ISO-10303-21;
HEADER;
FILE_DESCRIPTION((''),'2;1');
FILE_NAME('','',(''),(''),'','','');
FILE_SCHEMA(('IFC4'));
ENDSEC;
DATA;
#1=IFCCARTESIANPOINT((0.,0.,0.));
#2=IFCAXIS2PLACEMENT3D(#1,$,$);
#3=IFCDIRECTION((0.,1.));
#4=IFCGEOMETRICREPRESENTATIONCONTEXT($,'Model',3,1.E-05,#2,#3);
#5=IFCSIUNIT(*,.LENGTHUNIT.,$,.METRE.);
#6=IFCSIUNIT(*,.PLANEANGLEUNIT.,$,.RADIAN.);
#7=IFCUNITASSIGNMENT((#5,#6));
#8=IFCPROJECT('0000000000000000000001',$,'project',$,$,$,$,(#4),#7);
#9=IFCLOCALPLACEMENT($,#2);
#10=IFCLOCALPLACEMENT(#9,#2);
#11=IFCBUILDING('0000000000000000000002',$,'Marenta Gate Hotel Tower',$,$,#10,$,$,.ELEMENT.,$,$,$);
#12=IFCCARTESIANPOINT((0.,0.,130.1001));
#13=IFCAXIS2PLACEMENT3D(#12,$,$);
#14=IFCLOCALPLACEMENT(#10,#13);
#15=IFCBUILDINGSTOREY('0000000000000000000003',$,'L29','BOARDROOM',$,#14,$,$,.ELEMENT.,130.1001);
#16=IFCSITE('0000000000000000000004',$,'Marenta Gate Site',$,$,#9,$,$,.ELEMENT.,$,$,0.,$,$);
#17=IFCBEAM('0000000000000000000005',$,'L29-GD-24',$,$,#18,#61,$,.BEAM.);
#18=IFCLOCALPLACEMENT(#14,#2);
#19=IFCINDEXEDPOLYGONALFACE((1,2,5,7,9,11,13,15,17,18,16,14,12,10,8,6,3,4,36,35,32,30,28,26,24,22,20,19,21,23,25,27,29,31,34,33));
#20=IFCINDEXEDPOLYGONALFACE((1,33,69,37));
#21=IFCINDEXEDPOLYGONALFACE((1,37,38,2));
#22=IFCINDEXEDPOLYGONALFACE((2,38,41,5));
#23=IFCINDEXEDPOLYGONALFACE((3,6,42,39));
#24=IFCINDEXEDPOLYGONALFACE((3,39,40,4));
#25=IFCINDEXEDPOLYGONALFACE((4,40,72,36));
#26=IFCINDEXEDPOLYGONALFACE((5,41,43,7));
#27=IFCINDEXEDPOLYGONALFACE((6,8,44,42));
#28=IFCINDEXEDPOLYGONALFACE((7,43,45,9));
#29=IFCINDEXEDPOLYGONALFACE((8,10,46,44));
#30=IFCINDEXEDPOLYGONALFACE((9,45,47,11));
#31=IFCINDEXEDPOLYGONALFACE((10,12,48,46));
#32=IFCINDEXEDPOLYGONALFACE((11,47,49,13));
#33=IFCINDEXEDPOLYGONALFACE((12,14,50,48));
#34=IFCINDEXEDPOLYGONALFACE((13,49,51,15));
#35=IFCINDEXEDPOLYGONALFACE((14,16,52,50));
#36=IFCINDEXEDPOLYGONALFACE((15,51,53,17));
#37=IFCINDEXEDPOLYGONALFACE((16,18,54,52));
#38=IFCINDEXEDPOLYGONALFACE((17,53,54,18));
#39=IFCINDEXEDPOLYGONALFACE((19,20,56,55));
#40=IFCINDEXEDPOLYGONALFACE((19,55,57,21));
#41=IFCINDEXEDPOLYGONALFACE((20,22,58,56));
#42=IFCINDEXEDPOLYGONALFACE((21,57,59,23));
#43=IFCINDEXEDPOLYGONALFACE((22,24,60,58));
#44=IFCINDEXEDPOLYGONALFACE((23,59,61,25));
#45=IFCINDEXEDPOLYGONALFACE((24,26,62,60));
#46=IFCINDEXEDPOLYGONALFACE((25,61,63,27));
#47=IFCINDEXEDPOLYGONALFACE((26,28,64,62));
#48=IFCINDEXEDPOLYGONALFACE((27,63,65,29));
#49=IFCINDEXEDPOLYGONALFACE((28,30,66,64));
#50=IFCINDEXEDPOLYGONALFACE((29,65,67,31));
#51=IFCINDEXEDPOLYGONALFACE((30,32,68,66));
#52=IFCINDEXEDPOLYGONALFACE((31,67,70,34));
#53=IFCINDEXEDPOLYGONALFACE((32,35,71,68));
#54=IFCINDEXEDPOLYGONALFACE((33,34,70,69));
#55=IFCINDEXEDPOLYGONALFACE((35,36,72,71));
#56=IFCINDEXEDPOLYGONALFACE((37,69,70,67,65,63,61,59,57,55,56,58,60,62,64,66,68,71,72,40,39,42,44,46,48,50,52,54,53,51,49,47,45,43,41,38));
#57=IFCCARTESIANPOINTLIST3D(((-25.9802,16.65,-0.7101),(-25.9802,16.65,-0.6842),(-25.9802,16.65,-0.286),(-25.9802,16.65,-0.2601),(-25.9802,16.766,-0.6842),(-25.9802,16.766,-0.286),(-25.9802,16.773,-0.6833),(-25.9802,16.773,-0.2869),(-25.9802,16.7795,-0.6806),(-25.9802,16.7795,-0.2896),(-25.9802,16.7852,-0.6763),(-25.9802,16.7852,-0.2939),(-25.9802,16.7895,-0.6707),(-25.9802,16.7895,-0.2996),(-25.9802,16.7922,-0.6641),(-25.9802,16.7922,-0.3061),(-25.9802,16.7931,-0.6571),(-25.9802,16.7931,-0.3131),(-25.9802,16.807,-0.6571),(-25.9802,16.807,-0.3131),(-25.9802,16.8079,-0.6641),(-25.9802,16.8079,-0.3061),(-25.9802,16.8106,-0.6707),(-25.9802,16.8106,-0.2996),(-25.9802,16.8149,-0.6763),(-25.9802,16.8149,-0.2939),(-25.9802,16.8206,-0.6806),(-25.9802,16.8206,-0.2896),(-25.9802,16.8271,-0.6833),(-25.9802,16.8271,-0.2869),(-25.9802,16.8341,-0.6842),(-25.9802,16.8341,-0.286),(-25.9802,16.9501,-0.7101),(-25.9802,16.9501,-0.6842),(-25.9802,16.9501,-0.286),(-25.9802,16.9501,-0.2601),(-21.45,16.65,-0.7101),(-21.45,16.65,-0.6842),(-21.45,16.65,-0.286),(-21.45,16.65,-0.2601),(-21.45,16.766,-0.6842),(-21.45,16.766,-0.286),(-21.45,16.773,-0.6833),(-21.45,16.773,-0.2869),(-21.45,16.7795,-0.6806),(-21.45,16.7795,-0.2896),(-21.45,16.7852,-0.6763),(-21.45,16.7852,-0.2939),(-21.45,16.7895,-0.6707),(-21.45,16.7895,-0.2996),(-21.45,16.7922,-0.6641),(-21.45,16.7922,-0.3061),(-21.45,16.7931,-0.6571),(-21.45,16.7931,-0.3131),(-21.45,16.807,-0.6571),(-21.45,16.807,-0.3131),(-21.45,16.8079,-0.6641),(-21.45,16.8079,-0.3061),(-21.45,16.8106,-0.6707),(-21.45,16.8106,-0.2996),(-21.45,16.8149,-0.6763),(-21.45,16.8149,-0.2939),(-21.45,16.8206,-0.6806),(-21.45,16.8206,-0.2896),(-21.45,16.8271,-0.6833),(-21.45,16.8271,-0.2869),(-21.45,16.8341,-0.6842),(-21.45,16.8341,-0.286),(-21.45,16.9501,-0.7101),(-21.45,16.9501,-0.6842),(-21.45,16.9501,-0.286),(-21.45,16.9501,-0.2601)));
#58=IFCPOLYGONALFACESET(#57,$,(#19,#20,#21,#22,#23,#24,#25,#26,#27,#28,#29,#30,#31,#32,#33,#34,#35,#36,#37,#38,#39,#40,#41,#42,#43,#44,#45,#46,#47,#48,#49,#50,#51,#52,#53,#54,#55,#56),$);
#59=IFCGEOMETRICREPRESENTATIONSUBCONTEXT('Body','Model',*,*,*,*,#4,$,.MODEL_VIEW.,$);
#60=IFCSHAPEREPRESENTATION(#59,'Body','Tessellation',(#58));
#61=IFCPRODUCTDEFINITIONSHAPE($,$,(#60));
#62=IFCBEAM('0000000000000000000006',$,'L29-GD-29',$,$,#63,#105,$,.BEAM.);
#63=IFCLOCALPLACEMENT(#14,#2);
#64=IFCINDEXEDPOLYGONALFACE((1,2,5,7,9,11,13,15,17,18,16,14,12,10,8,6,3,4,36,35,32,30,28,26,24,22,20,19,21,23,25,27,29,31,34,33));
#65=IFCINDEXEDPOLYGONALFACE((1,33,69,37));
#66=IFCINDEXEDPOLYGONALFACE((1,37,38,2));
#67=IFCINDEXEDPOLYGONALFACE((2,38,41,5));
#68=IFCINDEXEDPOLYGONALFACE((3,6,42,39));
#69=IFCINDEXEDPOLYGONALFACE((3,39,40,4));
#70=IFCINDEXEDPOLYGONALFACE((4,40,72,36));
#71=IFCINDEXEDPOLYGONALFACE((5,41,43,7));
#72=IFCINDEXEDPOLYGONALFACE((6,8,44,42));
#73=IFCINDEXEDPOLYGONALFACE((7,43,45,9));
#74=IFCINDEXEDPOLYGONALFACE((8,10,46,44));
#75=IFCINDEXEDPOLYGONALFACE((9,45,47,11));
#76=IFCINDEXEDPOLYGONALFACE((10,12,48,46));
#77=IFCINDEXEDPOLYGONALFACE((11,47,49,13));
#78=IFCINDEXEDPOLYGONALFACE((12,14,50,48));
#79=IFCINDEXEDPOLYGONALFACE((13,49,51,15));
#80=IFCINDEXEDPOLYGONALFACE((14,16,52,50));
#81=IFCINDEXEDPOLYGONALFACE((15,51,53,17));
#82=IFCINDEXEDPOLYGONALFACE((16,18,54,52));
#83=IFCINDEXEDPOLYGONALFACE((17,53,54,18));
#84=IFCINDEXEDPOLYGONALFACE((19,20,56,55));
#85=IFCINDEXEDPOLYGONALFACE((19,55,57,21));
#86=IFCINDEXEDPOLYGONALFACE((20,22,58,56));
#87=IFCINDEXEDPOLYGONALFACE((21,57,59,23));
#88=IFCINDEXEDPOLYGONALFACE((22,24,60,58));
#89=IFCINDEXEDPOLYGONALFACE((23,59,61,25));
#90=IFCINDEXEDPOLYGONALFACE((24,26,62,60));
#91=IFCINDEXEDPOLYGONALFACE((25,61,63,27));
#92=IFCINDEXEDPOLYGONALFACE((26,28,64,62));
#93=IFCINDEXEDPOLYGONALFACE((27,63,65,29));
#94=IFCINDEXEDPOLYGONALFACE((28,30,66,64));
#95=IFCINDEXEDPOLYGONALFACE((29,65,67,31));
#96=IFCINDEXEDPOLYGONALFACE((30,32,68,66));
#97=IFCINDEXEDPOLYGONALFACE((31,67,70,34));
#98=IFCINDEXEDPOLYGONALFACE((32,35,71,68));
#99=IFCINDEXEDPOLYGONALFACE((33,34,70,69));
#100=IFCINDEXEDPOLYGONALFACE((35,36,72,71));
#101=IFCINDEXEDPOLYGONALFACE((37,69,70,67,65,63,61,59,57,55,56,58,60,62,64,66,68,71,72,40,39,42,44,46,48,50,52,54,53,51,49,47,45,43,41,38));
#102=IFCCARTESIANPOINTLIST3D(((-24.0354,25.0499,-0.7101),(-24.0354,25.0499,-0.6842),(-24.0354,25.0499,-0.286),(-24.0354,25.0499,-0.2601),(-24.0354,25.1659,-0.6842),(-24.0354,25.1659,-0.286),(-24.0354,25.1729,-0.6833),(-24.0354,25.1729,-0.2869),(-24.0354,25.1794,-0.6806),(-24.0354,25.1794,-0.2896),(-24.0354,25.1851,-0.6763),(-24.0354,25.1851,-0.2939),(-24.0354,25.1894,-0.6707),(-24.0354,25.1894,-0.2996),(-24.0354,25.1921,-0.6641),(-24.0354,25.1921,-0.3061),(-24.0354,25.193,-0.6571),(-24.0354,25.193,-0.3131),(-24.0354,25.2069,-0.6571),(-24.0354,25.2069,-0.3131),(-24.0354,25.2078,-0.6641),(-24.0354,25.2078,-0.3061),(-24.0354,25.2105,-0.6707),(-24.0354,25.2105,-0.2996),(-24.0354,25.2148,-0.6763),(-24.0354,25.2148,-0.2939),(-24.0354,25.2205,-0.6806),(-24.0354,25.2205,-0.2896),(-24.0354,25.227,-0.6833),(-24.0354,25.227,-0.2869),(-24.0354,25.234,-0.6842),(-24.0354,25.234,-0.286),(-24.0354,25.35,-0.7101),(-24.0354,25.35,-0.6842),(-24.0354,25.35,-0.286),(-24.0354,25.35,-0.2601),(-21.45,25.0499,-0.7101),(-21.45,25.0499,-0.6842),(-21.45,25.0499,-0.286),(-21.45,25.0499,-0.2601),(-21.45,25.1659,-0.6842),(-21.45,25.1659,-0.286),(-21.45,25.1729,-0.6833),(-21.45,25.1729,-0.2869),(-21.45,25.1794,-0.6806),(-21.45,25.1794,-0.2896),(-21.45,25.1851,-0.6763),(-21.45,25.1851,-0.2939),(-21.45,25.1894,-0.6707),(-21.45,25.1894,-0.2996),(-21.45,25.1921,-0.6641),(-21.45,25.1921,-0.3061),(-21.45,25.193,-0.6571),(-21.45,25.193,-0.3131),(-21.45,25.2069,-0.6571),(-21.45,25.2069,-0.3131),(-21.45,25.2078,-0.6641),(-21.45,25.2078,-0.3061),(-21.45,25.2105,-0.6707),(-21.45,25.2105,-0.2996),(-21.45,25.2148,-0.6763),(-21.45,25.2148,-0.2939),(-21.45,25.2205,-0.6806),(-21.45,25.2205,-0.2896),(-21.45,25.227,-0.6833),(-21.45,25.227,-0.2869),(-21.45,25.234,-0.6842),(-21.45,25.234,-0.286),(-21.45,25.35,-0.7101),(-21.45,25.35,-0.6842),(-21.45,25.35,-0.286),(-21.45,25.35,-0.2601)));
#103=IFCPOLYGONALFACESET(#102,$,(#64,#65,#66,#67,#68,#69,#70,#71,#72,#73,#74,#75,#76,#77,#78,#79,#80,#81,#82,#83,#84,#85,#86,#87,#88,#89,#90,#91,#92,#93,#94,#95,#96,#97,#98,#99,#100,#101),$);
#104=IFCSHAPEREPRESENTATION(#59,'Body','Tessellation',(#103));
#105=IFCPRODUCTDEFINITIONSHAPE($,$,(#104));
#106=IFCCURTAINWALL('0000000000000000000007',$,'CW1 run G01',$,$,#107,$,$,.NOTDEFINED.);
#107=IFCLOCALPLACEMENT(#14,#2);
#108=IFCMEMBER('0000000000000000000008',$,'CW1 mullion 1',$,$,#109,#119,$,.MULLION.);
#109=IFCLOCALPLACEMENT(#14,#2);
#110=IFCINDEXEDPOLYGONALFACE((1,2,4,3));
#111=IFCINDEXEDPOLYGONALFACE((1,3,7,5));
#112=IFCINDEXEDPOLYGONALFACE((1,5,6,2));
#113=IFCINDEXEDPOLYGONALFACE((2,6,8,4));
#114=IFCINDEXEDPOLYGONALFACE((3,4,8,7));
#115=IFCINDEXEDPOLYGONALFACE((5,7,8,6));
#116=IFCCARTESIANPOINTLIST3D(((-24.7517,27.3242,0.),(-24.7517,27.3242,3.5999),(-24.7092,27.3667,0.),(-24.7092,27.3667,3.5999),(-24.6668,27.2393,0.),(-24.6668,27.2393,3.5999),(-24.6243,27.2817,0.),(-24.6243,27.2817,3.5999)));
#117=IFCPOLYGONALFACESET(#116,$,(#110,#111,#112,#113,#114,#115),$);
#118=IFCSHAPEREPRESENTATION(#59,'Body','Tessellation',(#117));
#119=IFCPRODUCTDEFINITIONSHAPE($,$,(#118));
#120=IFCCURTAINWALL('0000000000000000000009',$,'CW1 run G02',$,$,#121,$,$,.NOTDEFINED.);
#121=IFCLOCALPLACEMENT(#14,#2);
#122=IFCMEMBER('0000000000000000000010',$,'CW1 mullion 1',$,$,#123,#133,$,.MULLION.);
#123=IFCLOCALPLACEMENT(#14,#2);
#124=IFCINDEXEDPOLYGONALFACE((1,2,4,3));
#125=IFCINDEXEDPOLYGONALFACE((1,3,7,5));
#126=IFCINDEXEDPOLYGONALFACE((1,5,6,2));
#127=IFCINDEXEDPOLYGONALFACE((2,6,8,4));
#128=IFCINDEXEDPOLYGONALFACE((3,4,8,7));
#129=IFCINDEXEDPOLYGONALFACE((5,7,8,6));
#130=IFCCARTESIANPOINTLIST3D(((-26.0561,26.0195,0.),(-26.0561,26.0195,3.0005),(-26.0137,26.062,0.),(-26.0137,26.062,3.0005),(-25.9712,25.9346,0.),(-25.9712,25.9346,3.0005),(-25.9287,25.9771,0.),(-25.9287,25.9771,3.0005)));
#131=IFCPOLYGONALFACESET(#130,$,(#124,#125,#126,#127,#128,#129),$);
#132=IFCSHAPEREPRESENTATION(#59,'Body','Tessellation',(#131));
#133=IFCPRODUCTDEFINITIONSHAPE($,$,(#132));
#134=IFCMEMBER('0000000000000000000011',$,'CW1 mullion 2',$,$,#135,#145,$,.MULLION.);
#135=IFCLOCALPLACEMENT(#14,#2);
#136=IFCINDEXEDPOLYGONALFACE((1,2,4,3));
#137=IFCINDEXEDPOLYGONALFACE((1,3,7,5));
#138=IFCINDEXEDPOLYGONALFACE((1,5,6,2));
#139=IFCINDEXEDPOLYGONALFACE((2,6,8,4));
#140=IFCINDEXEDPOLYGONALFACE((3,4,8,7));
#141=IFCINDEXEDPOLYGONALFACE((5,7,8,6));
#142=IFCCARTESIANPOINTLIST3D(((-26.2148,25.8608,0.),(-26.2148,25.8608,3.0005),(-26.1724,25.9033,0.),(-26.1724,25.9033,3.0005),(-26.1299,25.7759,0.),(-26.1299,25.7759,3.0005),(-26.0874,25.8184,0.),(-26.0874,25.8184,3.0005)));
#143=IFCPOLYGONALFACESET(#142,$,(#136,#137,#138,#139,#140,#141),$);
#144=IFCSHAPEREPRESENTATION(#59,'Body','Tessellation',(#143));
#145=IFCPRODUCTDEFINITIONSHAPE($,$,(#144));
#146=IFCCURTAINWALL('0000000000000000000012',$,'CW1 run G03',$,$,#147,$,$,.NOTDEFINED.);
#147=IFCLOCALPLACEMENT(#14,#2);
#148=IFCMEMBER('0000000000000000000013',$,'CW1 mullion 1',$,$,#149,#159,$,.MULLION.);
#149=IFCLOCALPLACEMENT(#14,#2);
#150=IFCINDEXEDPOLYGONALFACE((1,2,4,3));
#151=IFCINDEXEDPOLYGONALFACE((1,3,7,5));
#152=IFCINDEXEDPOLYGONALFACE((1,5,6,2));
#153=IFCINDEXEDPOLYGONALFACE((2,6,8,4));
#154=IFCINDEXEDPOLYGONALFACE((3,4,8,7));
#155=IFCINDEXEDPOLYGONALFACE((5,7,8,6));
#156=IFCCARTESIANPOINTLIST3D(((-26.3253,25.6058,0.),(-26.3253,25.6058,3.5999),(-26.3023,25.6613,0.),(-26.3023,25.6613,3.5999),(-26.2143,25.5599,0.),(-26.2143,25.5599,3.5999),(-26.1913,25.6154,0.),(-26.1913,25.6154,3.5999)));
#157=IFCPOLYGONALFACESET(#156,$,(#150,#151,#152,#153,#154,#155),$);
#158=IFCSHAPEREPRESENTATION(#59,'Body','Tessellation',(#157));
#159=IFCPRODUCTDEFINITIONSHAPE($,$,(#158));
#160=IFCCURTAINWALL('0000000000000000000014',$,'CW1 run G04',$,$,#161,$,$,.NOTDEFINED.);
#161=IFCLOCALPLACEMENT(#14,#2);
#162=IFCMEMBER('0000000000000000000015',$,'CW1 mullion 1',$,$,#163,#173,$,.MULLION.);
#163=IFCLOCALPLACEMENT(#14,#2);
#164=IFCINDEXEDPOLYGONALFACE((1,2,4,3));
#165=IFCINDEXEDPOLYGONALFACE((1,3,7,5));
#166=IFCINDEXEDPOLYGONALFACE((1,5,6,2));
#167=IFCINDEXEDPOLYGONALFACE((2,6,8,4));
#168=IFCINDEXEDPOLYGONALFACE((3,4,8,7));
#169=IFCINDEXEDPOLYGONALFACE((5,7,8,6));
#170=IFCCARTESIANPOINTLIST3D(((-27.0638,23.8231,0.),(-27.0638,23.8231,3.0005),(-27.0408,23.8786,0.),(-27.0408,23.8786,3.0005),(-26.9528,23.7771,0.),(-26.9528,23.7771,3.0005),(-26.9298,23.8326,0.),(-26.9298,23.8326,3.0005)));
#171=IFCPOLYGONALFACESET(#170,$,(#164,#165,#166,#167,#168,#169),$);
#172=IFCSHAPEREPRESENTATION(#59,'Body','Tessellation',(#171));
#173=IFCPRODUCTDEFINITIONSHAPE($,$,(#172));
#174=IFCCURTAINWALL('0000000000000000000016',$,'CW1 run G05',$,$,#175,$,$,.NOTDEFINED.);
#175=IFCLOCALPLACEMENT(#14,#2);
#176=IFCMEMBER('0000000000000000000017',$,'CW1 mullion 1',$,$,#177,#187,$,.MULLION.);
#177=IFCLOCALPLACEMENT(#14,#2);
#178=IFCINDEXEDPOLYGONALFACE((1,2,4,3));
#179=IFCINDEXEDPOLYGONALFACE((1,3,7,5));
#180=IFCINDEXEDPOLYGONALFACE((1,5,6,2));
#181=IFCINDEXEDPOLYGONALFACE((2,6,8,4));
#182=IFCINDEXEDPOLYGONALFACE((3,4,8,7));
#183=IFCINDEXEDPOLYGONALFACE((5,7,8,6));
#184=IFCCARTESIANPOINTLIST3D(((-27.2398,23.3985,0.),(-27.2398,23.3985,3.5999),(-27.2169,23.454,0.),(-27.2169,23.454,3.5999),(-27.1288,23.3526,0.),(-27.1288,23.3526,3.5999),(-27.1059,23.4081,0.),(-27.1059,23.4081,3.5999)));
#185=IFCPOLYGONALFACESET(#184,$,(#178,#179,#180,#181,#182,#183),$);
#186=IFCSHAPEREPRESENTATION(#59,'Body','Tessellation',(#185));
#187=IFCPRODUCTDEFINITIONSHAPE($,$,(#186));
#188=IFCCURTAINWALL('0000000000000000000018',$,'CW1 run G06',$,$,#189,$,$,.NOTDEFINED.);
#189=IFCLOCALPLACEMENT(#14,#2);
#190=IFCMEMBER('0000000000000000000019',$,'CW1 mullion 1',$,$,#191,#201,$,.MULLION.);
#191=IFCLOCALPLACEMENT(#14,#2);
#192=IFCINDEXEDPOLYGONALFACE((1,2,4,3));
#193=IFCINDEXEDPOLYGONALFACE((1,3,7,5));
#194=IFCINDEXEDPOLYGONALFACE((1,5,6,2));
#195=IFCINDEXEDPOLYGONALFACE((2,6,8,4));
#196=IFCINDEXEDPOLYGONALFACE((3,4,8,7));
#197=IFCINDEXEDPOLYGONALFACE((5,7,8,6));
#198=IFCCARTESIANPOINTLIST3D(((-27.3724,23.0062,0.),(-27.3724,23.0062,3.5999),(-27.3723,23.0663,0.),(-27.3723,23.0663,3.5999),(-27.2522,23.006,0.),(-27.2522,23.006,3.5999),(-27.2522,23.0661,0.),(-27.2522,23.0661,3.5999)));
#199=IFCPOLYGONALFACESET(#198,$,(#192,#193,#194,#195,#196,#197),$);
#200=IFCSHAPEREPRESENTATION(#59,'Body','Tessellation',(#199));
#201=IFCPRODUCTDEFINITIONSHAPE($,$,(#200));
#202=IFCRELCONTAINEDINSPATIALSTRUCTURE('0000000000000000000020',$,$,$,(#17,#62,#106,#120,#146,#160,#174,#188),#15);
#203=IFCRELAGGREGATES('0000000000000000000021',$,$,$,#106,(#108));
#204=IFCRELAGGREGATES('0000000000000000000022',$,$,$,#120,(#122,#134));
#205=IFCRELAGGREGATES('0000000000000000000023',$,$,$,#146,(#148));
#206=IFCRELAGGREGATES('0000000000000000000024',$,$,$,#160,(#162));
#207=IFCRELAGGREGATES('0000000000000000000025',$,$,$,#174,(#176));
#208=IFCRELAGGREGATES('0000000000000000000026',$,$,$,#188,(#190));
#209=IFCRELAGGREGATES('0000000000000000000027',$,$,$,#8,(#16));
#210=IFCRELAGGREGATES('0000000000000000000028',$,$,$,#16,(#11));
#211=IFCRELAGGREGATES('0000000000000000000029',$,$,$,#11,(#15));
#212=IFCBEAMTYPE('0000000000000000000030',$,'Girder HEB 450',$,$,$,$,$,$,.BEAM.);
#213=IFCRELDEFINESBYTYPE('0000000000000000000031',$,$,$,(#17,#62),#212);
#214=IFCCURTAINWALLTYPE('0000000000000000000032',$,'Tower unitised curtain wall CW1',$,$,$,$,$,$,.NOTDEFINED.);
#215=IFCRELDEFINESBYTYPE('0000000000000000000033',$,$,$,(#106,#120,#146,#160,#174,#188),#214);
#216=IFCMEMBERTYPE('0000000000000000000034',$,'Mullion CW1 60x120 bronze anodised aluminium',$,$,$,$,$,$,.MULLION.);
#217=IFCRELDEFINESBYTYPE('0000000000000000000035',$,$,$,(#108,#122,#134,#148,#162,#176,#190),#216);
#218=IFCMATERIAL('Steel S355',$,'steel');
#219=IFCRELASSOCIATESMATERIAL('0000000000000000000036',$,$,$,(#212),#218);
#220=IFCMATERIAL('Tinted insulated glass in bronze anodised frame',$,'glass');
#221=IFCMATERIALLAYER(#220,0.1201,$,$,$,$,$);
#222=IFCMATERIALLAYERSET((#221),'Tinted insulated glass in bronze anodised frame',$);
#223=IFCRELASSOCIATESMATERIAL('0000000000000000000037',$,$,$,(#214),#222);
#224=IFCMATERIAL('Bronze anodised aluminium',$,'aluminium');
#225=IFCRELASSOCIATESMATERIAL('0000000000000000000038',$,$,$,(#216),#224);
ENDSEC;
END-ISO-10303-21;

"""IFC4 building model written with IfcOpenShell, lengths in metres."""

from ifc_helpers import new_model, si_unit, direction, frame, origin, origin_2d, place, context, subcontext, project, spatial, rectangle, i_section, extrude, material, layer, layer_set, material_profile, profile_set, type_object, element, aggregate, save


model = new_model("IFC4")

# Units and contexts
model_context = context("Model", 3, precision=1e-05, world=origin(), true_north=direction((0.0, 1.0)))
body_context = subcontext(model_context, "Body", "Model", "MODEL_VIEW")
ifc_project = project(units=[si_unit("LENGTHUNIT", "METRE"), si_unit("PLANEANGLEUNIT", "RADIAN")], contexts=[model_context])

# Site, building, storey
site_placement = place(None, origin())
site = spatial("IfcSite", under=ifc_project, at=site_placement, Name="Marenta Gate Site", CompositionType="ELEMENT", RefElevation=0.0)
building_placement = place(site_placement, origin())
building = spatial("IfcBuilding", under=site, at=building_placement, Name="Marenta Gate Hotel Tower", CompositionType="ELEMENT")
storey_placement = place(building_placement, frame((0.0, 0.0, 130.1001)))
storey = spatial("IfcBuildingStorey", under=building, at=storey_placement, Name="L29", Description="BOARDROOM", CompositionType="ELEMENT", Elevation=130.1001)

# Beams
ifc_material_1 = material(Name="Steel S355", Category="steel")
ifc_material_profile_1 = material_profile(ifc_material_1, i_section(OverallWidth=0.3, OverallDepth=0.45, WebThickness=0.0139, FlangeThickness=0.0259, FilletRadius=0.0271, at=origin_2d()), Name="HEB 450")
ifc_profile_set_1 = profile_set([ifc_material_profile_1], Name="Steel S355")
beam_type_1 = type_object("IfcBeamType", Name="Girder HEB 450", PredefinedType="BEAM", material=ifc_profile_set_1)
beam_1_placement = place(storey_placement, frame((-25.9802, 16.8, -0.4851), z_axis=(1.0, 0.0, 0.0), x_axis=(0.0, 1.0, 0.0)))
element("IfcBeam", 1, at=beam_1_placement, inside=storey, type_object=beam_type_1, Name="L29-GD-24", PredefinedType="BEAM", context=body_context, shape_type="SweptSolid", body=[
    extrude(i_section(OverallWidth=0.3, OverallDepth=0.45, WebThickness=0.0139, FlangeThickness=0.0259, FilletRadius=0.0271, at=origin_2d()), origin(), (0.0, 0.0, 1.0), 4.5303),
])
beam_2_placement = place(storey_placement, frame((-24.0354, 25.2, -0.4851), z_axis=(1.0, 0.0, 0.0), x_axis=(0.0, 1.0, 0.0)))
element("IfcBeam", 2, at=beam_2_placement, inside=storey, type_object=beam_type_1, Name="L29-GD-29", PredefinedType="BEAM", context=body_context, shape_type="SweptSolid", body=[
    extrude(i_section(OverallWidth=0.3, OverallDepth=0.45, WebThickness=0.0139, FlangeThickness=0.0259, FilletRadius=0.0271, at=origin_2d()), origin(), (0.0, 0.0, 1.0), 2.5854),
])

# Curtain wall, member
ifc_material_2 = material(Name="Tinted insulated glass in bronze anodised frame", Category="glass")
ifc_layer_1 = layer(ifc_material_2, 0.1201)
ifc_layer_set_1 = layer_set([ifc_layer_1], Name="Tinted insulated glass in bronze anodised frame")
curtain_wall_type = type_object("IfcCurtainWallType", Name="Tower unitised curtain wall CW1", PredefinedType="NOTDEFINED", material=ifc_layer_set_1)
curtain_wall_1_placement = place(storey_placement, origin())
curtain_wall_1 = element("IfcCurtainWall", 3, at=curtain_wall_1_placement, inside=storey, type_object=curtain_wall_type, Name="CW1 run G01", PredefinedType="NOTDEFINED")
ifc_material_3 = material(Name="Bronze anodised aluminium", Category="aluminium")
ifc_material_profile_2 = material_profile(ifc_material_3, rectangle(XDim=0.1201, YDim=0.0601, at=origin_2d()), Name="Mullion CW1 60x120 bronze anodised aluminium")
ifc_profile_set_2 = profile_set([ifc_material_profile_2], Name="Bronze anodised aluminium")
member_type_1 = type_object("IfcMemberType", Name="Mullion CW1 60x120 bronze anodised aluminium", PredefinedType="MULLION", material=ifc_profile_set_2)
member_1_placement = place(storey_placement, frame((-24.688, 27.303, 0.0), z_axis=(0.0, 0.0, 1.0), x_axis=(0.707107, -0.707107, 0.0)))
member_1 = element("IfcMember", 4, at=member_1_placement, type_object=member_type_1, Name="CW1 mullion 1", PredefinedType="MULLION", context=body_context, shape_type="SweptSolid", body=[
    extrude(rectangle(XDim=0.1201, YDim=0.0601, at=origin_2d()), origin(), (0.0, 0.0, 1.0), 3.5999),
])

# Curtain wall, members
curtain_wall_2_placement = place(storey_placement, origin())
curtain_wall_2 = element("IfcCurtainWall", 5, at=curtain_wall_2_placement, inside=storey, type_object=curtain_wall_type, Name="CW1 run G02", PredefinedType="NOTDEFINED")
member_2_placement = place(storey_placement, frame((-25.9924, 25.9983, 0.0), z_axis=(0.0, 0.0, 1.0), x_axis=(0.707107, -0.707107, 0.0)))
member_2 = element("IfcMember", 6, at=member_2_placement, type_object=member_type_1, Name="CW1 mullion 1", PredefinedType="MULLION", context=body_context, shape_type="SweptSolid", body=[
    extrude(rectangle(XDim=0.1201, YDim=0.0601, at=origin_2d()), origin(), (0.0, 0.0, 1.0), 3.0005),
])
member_3_placement = place(storey_placement, frame((-26.1511, 25.8396, 0.0), z_axis=(0.0, 0.0, 1.0), x_axis=(0.707107, -0.707107, 0.0)))
member_3 = element("IfcMember", 7, at=member_3_placement, type_object=member_type_1, Name="CW1 mullion 2", PredefinedType="MULLION", context=body_context, shape_type="SweptSolid", body=[
    extrude(rectangle(XDim=0.1201, YDim=0.0601, at=origin_2d()), origin(), (0.0, 0.0, 1.0), 3.0005),
])

# Curtain walls, members
curtain_wall_3_placement = place(storey_placement, origin())
curtain_wall_3 = element("IfcCurtainWall", 8, at=curtain_wall_3_placement, inside=storey, type_object=curtain_wall_type, Name="CW1 run G03", PredefinedType="NOTDEFINED")
member_4_placement = place(storey_placement, frame((-26.2583, 25.6106, 0.0), z_axis=(0.0, 0.0, 1.0), x_axis=(0.923875, -0.382694, 0.0)))
member_4 = element("IfcMember", 9, at=member_4_placement, type_object=member_type_1, Name="CW1 mullion 1", PredefinedType="MULLION", context=body_context, shape_type="SweptSolid", body=[
    extrude(rectangle(XDim=0.1201, YDim=0.0601, at=origin_2d()), origin(), (0.0, 0.0, 1.0), 3.5999),
])
curtain_wall_4_placement = place(storey_placement, origin())
curtain_wall_4 = element("IfcCurtainWall", 10, at=curtain_wall_4_placement, inside=storey, type_object=curtain_wall_type, Name="CW1 run G04", PredefinedType="NOTDEFINED")
member_5_placement = place(storey_placement, frame((-26.9968, 23.8279, 0.0), z_axis=(0.0, 0.0, 1.0), x_axis=(0.923815, -0.382838, 0.0)))
member_5 = element("IfcMember", 11, at=member_5_placement, type_object=member_type_1, Name="CW1 mullion 1", PredefinedType="MULLION", context=body_context, shape_type="SweptSolid", body=[
    extrude(rectangle(XDim=0.1201, YDim=0.0601, at=origin_2d()), origin(), (0.0, 0.0, 1.0), 3.0005),
])
curtain_wall_5_placement = place(storey_placement, origin())
curtain_wall_5 = element("IfcCurtainWall", 12, at=curtain_wall_5_placement, inside=storey, type_object=curtain_wall_type, Name="CW1 run G05", PredefinedType="NOTDEFINED")
member_6_placement = place(storey_placement, frame((-27.1729, 23.4033, 0.0), z_axis=(0.0, 0.0, 1.0), x_axis=(0.923974, -0.382456, 0.0)))
member_6 = element("IfcMember", 13, at=member_6_placement, type_object=member_type_1, Name="CW1 mullion 1", PredefinedType="MULLION", context=body_context, shape_type="SweptSolid", body=[
    extrude(rectangle(XDim=0.1201, YDim=0.0601, at=origin_2d()), origin(), (0.0, 0.0, 1.0), 3.5999),
])

# Curtain wall, member
curtain_wall_6_placement = place(storey_placement, origin())
curtain_wall_6 = element("IfcCurtainWall", 14, at=curtain_wall_6_placement, inside=storey, type_object=curtain_wall_type, Name="CW1 run G06", PredefinedType="NOTDEFINED")
member_7_placement = place(storey_placement, frame((-27.3123, 23.0361, 0.0), z_axis=(0.0, 0.0, 1.0), x_axis=(0.999999, -0.00157, 0.0)))
member_7 = element("IfcMember", 15, at=member_7_placement, type_object=member_type_1, Name="CW1 mullion 1", PredefinedType="MULLION", context=body_context, shape_type="SweptSolid", body=[
    extrude(rectangle(XDim=0.1201, YDim=0.0601, at=origin_2d()), origin(), (0.0, 0.0, 1.0), 3.5999),
])

aggregate(curtain_wall_1, [member_1])
aggregate(curtain_wall_2, [member_2, member_3])
aggregate(curtain_wall_3, [member_4])
aggregate(curtain_wall_4, [member_5])
aggregate(curtain_wall_5, [member_6])
aggregate(curtain_wall_6, [member_7])

save(model, "model.ifc")
